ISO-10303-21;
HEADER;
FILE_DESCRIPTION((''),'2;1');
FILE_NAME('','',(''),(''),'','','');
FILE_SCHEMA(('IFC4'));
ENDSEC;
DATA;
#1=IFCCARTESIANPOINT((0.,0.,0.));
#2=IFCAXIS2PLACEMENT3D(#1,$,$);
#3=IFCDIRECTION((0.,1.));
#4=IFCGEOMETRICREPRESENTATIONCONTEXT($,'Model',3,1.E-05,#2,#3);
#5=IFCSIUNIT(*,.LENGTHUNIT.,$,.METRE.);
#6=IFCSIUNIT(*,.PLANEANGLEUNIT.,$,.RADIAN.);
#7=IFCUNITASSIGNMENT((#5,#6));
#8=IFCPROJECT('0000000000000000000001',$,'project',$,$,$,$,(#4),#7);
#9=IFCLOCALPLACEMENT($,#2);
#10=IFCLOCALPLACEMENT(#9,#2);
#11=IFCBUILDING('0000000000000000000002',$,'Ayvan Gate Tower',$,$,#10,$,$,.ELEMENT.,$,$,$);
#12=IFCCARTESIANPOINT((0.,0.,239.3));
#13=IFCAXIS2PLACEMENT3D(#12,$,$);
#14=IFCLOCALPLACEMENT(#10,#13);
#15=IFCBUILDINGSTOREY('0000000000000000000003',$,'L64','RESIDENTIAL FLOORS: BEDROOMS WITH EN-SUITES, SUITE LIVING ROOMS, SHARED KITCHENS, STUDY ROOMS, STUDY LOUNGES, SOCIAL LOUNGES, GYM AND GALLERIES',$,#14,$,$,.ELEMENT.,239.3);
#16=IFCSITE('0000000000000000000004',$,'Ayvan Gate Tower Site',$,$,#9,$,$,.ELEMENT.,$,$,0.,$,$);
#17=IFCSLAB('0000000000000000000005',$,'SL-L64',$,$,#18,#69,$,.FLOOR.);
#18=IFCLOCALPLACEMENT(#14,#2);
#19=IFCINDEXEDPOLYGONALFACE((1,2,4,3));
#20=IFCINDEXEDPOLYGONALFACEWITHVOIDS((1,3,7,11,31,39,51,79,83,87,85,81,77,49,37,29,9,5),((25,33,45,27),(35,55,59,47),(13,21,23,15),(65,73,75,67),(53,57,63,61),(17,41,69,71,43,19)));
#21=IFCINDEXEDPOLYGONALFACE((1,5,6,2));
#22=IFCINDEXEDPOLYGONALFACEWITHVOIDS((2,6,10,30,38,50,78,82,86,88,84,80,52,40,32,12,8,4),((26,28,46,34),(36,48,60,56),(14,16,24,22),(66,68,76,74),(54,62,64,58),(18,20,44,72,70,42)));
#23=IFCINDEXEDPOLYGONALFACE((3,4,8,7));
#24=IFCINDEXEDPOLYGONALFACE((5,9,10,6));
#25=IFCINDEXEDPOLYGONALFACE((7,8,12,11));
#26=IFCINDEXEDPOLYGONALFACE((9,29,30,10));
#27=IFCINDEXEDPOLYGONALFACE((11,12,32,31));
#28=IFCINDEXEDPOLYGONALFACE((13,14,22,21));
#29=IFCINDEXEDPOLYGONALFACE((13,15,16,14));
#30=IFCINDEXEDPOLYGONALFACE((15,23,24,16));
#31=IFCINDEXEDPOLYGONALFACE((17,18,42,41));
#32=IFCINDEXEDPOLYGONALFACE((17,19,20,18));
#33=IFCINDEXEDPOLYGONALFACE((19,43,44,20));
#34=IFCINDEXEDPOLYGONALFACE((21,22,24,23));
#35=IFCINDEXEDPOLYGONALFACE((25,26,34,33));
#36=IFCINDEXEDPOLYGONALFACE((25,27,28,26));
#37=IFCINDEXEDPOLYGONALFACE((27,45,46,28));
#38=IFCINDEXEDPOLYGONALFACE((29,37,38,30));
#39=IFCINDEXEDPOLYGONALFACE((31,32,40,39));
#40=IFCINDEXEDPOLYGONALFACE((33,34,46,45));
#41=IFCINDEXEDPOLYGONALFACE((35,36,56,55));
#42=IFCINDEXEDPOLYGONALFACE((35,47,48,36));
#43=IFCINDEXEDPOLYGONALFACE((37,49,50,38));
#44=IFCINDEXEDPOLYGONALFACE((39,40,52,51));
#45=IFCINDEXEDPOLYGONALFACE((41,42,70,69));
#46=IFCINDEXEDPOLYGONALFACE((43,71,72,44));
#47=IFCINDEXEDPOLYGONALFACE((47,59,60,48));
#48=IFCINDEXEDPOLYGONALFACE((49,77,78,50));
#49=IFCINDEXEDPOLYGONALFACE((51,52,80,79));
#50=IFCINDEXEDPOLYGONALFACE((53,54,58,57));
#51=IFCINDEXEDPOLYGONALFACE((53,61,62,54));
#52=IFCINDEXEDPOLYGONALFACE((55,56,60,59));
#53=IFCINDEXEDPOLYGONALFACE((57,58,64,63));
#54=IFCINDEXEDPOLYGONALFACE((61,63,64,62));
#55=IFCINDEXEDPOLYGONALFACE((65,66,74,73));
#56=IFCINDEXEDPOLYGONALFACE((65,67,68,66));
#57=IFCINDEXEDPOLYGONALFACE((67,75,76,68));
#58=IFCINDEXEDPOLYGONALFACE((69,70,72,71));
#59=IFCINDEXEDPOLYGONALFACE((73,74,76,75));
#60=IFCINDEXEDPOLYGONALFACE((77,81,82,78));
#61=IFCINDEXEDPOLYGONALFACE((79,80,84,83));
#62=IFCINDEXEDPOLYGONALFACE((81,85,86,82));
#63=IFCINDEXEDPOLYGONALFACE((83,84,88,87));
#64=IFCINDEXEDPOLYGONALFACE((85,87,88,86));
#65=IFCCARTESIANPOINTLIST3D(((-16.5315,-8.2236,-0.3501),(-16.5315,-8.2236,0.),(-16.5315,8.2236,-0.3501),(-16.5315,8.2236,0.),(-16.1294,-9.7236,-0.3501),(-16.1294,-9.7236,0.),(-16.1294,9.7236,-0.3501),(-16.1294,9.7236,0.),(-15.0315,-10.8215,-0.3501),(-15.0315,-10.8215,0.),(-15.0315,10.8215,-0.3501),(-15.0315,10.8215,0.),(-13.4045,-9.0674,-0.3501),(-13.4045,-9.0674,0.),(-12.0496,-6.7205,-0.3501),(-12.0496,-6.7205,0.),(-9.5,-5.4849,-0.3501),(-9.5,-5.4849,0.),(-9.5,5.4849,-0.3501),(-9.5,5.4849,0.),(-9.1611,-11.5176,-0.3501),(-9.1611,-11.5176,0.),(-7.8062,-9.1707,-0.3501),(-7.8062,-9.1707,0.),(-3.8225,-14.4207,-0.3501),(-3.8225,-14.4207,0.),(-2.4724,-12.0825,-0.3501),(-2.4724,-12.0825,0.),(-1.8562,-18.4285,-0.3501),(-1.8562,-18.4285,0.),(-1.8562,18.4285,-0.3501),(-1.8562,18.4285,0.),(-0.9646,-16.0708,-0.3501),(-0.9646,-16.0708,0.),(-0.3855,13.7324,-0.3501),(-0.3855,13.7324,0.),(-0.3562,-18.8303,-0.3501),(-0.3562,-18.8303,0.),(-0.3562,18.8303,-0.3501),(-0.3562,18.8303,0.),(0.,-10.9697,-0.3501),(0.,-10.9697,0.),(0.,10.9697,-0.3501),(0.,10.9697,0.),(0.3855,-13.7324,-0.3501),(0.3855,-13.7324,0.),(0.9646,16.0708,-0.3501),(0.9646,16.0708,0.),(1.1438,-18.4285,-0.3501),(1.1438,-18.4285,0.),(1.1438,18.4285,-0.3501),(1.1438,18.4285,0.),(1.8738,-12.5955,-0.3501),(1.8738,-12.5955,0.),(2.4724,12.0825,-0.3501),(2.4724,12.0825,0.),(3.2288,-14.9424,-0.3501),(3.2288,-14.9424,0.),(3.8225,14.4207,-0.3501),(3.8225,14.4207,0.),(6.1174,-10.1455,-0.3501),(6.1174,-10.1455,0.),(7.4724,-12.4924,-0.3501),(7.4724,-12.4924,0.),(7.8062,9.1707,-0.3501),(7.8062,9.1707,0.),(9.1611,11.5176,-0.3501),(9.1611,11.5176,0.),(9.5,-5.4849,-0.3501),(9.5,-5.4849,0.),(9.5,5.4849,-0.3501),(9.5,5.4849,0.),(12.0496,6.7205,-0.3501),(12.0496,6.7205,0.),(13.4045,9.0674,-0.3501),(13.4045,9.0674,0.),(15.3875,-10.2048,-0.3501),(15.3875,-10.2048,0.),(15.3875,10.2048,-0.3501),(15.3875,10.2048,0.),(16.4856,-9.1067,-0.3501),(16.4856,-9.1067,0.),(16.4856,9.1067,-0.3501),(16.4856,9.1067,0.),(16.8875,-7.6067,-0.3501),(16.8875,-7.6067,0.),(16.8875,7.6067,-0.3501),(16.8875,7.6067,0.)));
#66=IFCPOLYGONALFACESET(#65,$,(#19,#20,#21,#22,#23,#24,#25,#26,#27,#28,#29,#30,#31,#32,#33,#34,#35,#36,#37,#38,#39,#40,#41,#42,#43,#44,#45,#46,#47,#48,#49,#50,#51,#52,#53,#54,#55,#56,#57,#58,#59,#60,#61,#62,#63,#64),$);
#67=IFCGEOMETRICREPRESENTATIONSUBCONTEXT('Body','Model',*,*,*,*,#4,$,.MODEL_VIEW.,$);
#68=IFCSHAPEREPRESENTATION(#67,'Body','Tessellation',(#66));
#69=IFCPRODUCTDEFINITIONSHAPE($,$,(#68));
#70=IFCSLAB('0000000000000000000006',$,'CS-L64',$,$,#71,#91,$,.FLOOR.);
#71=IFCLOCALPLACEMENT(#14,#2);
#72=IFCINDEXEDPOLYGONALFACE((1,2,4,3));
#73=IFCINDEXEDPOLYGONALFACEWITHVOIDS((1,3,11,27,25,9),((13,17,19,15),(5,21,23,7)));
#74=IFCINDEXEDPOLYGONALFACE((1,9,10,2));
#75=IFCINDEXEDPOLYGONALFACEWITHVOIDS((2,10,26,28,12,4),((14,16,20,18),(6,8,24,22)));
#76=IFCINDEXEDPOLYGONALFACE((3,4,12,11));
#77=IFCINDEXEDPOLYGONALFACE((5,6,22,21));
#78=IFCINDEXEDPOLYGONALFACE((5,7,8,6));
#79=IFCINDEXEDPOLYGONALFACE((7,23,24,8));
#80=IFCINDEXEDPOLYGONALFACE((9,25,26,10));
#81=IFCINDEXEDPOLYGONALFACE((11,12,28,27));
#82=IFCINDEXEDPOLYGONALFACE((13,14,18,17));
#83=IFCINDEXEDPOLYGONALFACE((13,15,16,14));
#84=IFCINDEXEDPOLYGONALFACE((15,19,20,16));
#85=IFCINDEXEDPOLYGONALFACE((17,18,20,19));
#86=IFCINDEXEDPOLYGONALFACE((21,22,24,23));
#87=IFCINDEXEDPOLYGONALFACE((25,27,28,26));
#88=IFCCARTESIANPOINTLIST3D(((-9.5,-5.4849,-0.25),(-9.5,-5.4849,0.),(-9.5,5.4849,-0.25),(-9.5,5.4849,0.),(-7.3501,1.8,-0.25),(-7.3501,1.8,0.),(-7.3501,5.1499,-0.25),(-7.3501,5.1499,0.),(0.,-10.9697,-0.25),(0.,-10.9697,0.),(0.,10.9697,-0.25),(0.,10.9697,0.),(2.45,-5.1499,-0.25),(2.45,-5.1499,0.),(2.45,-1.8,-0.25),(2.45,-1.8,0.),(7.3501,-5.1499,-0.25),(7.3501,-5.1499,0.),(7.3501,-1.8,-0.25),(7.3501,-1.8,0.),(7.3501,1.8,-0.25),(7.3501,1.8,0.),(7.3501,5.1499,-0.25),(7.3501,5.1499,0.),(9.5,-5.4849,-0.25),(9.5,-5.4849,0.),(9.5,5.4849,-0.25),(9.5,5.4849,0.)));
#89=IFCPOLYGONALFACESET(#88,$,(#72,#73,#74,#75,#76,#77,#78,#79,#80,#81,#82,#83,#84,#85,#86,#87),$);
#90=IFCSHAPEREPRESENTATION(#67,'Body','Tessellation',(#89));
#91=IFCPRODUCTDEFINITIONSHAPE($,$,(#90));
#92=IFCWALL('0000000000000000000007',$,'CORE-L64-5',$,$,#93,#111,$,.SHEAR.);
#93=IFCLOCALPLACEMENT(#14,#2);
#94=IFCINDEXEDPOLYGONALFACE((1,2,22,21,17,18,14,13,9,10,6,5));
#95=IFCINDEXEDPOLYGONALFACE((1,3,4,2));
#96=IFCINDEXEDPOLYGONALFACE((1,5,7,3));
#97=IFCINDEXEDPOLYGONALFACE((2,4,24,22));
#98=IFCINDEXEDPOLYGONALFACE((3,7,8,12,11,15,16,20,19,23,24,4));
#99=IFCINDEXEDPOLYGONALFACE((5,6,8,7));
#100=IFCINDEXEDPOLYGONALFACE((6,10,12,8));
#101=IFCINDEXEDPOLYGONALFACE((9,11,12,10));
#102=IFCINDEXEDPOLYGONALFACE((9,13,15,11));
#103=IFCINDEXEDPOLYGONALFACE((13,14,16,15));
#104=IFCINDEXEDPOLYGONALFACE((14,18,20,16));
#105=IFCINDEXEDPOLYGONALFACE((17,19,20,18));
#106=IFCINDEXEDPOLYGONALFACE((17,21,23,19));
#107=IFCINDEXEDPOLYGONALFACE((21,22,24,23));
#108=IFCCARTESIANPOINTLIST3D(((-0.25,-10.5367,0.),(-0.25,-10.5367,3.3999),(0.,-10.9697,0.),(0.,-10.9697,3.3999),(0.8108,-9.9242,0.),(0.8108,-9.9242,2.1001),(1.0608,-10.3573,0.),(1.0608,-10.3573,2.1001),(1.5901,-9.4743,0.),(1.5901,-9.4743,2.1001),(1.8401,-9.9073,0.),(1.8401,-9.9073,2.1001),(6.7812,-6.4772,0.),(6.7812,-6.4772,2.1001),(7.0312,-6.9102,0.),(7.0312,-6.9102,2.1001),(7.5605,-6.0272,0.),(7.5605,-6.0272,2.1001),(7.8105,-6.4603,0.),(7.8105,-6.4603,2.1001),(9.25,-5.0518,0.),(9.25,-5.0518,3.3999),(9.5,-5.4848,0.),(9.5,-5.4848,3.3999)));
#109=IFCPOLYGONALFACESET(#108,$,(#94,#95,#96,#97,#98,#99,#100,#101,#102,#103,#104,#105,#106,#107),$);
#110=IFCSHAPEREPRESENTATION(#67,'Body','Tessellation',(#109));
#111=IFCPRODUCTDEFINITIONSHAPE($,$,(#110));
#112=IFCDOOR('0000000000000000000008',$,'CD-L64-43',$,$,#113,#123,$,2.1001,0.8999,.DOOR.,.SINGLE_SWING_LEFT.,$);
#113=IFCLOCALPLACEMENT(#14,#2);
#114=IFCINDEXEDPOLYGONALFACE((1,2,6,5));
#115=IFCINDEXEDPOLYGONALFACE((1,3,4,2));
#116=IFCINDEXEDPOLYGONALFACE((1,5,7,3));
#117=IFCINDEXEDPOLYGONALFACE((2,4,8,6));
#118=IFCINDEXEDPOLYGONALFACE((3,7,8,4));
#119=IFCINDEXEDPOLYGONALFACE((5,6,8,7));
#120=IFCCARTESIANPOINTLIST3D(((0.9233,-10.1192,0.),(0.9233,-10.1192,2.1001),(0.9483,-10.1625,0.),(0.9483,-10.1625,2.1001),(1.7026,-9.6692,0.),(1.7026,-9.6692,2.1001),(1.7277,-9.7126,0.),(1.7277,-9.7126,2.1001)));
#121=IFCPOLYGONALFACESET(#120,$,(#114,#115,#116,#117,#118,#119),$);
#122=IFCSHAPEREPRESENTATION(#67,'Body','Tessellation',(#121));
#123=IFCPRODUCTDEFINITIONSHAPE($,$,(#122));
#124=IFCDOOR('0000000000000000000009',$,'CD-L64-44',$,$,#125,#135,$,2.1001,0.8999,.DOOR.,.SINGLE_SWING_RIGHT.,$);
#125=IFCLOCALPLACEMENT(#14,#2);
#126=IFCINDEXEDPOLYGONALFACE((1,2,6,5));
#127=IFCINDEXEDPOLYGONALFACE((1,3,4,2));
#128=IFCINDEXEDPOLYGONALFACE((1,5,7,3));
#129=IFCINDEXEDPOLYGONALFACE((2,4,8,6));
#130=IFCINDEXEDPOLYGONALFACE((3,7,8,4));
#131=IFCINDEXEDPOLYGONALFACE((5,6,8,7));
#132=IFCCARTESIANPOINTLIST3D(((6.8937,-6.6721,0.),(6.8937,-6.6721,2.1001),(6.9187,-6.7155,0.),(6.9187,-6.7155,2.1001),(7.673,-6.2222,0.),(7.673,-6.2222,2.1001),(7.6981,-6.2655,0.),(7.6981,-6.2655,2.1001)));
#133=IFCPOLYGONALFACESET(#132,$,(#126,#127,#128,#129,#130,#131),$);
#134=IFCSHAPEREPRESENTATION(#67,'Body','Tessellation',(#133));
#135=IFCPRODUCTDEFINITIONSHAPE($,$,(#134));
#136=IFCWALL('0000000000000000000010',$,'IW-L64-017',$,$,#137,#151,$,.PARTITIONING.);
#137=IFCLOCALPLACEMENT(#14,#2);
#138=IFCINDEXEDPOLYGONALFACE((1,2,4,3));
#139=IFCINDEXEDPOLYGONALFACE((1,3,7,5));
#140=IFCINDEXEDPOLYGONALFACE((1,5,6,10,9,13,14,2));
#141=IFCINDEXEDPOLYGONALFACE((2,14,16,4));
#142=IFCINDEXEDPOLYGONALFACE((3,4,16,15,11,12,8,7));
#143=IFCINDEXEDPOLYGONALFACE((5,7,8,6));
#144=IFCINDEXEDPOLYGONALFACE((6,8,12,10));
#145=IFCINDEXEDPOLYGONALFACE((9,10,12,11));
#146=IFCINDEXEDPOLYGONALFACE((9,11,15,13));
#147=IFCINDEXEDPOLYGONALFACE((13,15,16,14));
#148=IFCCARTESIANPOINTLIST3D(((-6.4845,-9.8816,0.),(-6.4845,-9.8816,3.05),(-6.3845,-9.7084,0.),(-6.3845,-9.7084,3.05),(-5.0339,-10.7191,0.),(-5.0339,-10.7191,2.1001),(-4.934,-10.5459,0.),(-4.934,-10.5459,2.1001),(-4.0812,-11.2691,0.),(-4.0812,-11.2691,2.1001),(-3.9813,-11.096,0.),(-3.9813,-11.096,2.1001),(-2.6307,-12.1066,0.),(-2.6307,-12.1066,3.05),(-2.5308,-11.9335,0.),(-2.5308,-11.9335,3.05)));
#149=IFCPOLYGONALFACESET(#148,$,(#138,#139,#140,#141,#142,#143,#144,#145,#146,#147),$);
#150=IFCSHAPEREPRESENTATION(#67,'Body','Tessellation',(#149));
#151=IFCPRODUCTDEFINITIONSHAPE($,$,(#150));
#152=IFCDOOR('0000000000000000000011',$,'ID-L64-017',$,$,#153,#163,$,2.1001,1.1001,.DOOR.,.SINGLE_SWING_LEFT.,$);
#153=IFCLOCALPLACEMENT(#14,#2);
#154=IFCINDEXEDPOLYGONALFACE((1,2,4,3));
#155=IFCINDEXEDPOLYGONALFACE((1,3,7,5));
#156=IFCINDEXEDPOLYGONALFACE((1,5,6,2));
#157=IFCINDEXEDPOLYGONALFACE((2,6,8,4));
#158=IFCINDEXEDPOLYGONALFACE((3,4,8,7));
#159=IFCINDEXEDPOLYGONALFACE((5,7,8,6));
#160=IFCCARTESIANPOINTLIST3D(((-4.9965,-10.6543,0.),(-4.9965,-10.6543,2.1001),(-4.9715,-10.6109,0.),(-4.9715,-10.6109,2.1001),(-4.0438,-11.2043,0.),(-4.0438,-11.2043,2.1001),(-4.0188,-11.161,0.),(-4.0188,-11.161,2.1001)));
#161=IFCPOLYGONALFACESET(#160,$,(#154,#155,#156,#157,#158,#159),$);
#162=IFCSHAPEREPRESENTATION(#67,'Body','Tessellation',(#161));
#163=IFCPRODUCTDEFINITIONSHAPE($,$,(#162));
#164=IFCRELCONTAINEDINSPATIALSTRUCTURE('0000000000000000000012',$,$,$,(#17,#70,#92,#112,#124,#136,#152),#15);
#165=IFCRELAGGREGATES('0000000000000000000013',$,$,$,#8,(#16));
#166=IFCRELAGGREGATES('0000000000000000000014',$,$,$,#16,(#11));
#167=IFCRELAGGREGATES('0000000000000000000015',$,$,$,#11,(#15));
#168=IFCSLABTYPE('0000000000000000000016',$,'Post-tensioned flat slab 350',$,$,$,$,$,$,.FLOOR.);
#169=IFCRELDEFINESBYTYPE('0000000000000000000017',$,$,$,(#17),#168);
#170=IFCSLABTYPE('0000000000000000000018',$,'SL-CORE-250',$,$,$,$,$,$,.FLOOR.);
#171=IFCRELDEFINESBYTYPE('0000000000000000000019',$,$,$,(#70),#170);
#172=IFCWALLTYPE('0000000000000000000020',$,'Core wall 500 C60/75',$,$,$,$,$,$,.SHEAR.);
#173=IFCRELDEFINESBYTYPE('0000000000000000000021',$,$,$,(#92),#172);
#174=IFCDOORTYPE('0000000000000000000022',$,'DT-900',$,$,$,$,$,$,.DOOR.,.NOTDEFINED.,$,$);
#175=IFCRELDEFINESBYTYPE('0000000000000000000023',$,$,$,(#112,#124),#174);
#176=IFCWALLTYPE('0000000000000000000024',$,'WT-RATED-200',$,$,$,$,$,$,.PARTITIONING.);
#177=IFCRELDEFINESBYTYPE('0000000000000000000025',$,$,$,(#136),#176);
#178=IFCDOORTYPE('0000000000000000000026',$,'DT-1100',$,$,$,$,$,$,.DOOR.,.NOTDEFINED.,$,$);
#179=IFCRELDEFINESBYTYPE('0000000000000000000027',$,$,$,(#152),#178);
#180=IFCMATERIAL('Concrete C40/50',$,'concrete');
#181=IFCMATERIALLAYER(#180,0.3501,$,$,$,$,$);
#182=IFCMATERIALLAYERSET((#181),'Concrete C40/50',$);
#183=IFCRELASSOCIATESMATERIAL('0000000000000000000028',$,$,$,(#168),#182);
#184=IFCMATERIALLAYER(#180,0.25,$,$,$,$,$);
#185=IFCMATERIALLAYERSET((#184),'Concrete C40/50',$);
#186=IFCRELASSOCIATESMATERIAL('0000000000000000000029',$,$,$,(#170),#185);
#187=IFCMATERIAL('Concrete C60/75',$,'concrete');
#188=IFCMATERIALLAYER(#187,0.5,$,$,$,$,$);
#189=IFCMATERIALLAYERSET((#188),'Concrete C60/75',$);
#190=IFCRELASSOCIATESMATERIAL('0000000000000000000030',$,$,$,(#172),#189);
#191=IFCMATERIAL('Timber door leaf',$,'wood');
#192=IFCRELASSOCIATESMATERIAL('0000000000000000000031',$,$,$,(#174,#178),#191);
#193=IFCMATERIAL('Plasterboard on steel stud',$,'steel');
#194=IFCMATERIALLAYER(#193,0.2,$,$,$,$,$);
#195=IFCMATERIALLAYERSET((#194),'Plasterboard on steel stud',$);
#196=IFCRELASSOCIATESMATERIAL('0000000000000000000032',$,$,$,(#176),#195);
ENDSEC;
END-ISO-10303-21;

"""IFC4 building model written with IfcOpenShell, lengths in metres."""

from ifc_helpers import new_model, si_unit, direction, frame, frame_2d, origin, place, context, subcontext, project, spatial, polyline, rectangle, outline, extrude, material, layer, layer_set, type_object, element, fill, save


model = new_model("IFC4")

# Units and contexts
model_context = context("Model", 3, precision=1e-05, world=origin(), true_north=direction((0.0, 1.0)))
body_context = subcontext(model_context, "Body", "Model", "MODEL_VIEW")
ifc_project = project(units=[si_unit("LENGTHUNIT", "METRE"), si_unit("PLANEANGLEUNIT", "RADIAN")], contexts=[model_context])

# Site, building, storey
site_placement = place(None, origin())
site = spatial("IfcSite", under=ifc_project, at=site_placement, Name="Ayvan Gate Tower Site", CompositionType="ELEMENT", RefElevation=0.0)
building_placement = place(site_placement, origin())
building = spatial("IfcBuilding", under=site, at=building_placement, Name="Ayvan Gate Tower", CompositionType="ELEMENT")
storey_placement = place(building_placement, frame((0.0, 0.0, 239.3)))
storey = spatial("IfcBuildingStorey", under=building, at=storey_placement, Name="L64", Description="RESIDENTIAL FLOORS: BEDROOMS WITH EN-SUITES, SUITE LIVING ROOMS, SHARED KITCHENS, STUDY ROOMS, STUDY LOUNGES, SOCIAL LOUNGES, GYM AND GALLERIES", CompositionType="ELEMENT", Elevation=239.3)

# Slabs
ifc_material_1 = material(Name="Concrete C40/50", Category="concrete")
ifc_layer_1 = layer(ifc_material_1, 0.3501)
ifc_layer_set_1 = layer_set([ifc_layer_1], Name="Concrete C40/50")
slab_type_1 = type_object("IfcSlabType", Name="Post-tensioned flat slab 350", PredefinedType="FLOOR", material=ifc_layer_set_1)
slab_1_placement = place(storey_placement, frame((0.0, 0.0, -0.3501)))
element("IfcSlab", 1, at=slab_1_placement, inside=storey, type_object=slab_type_1, Name="SL-L64", PredefinedType="FLOOR", context=body_context, shape_type="SweptSolid", body=[
    extrude(outline(polyline([(1.1438, -18.4285), (-0.3562, -18.8303), (-1.8562, -18.4285), (-15.0315, -10.8215), (-16.1294, -9.7236), (-16.5315, -8.2236), (-16.5315, 8.2236), (-16.1294, 9.7236), (-15.0315, 10.8215), (-1.8562, 18.4285), (-0.3562, 18.8303), (1.1438, 18.4285), (15.3875, 10.2048), (16.4856, 9.1067), (16.8875, 7.6067), (16.8875, -7.6067), (16.4856, -9.1067), (15.3875, -10.2048), (1.1438, -18.4285)]), holes=[polyline([(12.0496, 6.7205), (13.4045, 9.0674), (9.1611, 11.5176), (7.8062, 9.1707), (12.0496, 6.7205)]), polyline([(9.5, 5.4849), (0.0, 10.9697), (-9.5, 5.4849), (-9.5, -5.4849), (0.0, -10.9697), (9.5, -5.4849), (9.5, 5.4849)]), polyline([(1.8738, -12.5955), (3.2288, -14.9424), (7.4724, -12.4924), (6.1174, -10.1455), (1.8738, -12.5955)]), polyline([(3.8225, 14.4207), (0.9646, 16.0708), (-0.3855, 13.7324), (2.4724, 12.0825), (3.8225, 14.4207)]), polyline([(0.3855, -13.7324), (-2.4724, -12.0825), (-3.8225, -14.4207), (-0.9646, -16.0708), (0.3855, -13.7324)]), polyline([(-9.1611, -11.5176), (-7.8062, -9.1707), (-12.0496, -6.7205), (-13.4045, -9.0674), (-9.1611, -11.5176)])]), origin(), (0.0, 0.0, 1.0), 0.3501),
])
ifc_layer_2 = layer(ifc_material_1, 0.25)
ifc_layer_set_2 = layer_set([ifc_layer_2], Name="Concrete C40/50")
slab_type_2 = type_object("IfcSlabType", Name="SL-CORE-250", PredefinedType="FLOOR", material=ifc_layer_set_2)
slab_2_placement = place(storey_placement, frame((0.0, 0.0, -0.25)))
element("IfcSlab", 2, at=slab_2_placement, inside=storey, type_object=slab_type_2, Name="CS-L64", PredefinedType="FLOOR", context=body_context, shape_type="SweptSolid", body=[
    extrude(outline(polyline([(9.5, -5.4849), (0.0, -10.9697), (-9.5, -5.4849), (-9.5, 5.4849), (0.0, 10.9697), (9.5, 5.4849), (9.5, -5.4849)]), holes=[polyline([(-7.3501, 5.1499), (-7.3501, 1.8), (7.3501, 1.8), (7.3501, 5.1499), (-7.3501, 5.1499)]), polyline([(2.45, -1.8), (2.45, -5.1499), (7.3501, -5.1499), (7.3501, -1.8), (2.45, -1.8)])]), origin(), (0.0, 0.0, 1.0), 0.25),
])

# Wall, openings, doors
ifc_material_2 = material(Name="Concrete C60/75", Category="concrete")
ifc_layer_3 = layer(ifc_material_2, 0.5)
ifc_layer_set_3 = layer_set([ifc_layer_3], Name="Concrete C60/75")
wall_type_1 = type_object("IfcWallType", Name="Core wall 500 C60/75", PredefinedType="SHEAR", material=ifc_layer_set_3)
wall_1_placement = place(storey_placement, frame((-0.125, -10.7532, 0.0), z_axis=(0.0, 0.0, 1.0), x_axis=(0.866024, 0.500002, 0.0)))
wall_1 = element("IfcWall", 3, at=wall_1_placement, inside=storey, type_object=wall_type_1, Name="CORE-L64-5", PredefinedType="SHEAR", context=body_context, shape_type="SweptSolid", body=[
    extrude(rectangle(XDim=10.9697, YDim=0.5, at=frame_2d((5.4849, 0.0))), origin(), (0.0, 0.0, 1.0), 3.3999),
])
opening_1_placement = place(wall_1_placement, frame((1.2249, 0.0, 0.0)))
opening_1 = element("IfcOpeningElement", 4, at=opening_1_placement, cuts=wall_1, PredefinedType="OPENING", context=body_context, shape_type="SweptSolid", body=[
    extrude(rectangle(XDim=0.8999, YDim=2.1001, at=frame_2d((0.45, 1.05))), frame((0.0, 0.26, 0.0), z_axis=(0.0, -1.0, 0.0), x_axis=(1.0, 0.0, 0.0)), (0.0, 0.0, 1.0), 0.52),
])
opening_2_placement = place(wall_1_placement, frame((8.1189, 0.0, 0.0)))
opening_2 = element("IfcOpeningElement", 5, at=opening_2_placement, cuts=wall_1, PredefinedType="OPENING", context=body_context, shape_type="SweptSolid", body=[
    extrude(rectangle(XDim=0.8999, YDim=2.1001, at=frame_2d((0.45, 1.05))), frame((0.0, 0.26, 0.0), z_axis=(0.0, -1.0, 0.0), x_axis=(1.0, 0.0, 0.0)), (0.0, 0.0, 1.0), 0.52),
])
ifc_material_3 = material(Name="Timber door leaf", Category="wood")
door_type_1 = type_object("IfcDoorType", Name="DT-900", OperationType="NOTDEFINED", PredefinedType="DOOR", material=ifc_material_3)
door_1_placement = place(opening_1_placement, origin())
door_1 = element("IfcDoor", 6, at=door_1_placement, inside=storey, type_object=door_type_1, Name="CD-L64-43", OperationType="SINGLE_SWING_LEFT", OverallHeight=2.1001, OverallWidth=0.8999, PredefinedType="DOOR", context=body_context, shape_type="SweptSolid", body=[
    extrude(rectangle(XDim=0.8999, YDim=2.1001, at=frame_2d((0.45, 1.05))), frame((0.0, 0.0249, 0.0), z_axis=(0.0, -1.0, 0.0), x_axis=(1.0, 0.0, 0.0)), (0.0, 0.0, 1.0), 0.05),
])
fill(opening_1, door_1)
door_2_placement = place(opening_2_placement, origin())
door_2 = element("IfcDoor", 7, at=door_2_placement, inside=storey, type_object=door_type_1, Name="CD-L64-44", OperationType="SINGLE_SWING_RIGHT", OverallHeight=2.1001, OverallWidth=0.8999, PredefinedType="DOOR", context=body_context, shape_type="SweptSolid", body=[
    extrude(rectangle(XDim=0.8999, YDim=2.1001, at=frame_2d((0.45, 1.05))), frame((0.0, 0.0249, 0.0), z_axis=(0.0, -1.0, 0.0), x_axis=(1.0, 0.0, 0.0)), (0.0, 0.0, 1.0), 0.05),
])
fill(opening_2, door_2)

# Wall, opening, door
ifc_material_4 = material(Name="Plasterboard on steel stud", Category="steel")
ifc_layer_4 = layer(ifc_material_4, 0.2)
ifc_layer_set_4 = layer_set([ifc_layer_4], Name="Plasterboard on steel stud")
wall_type_2 = type_object("IfcWallType", Name="WT-RATED-200", PredefinedType="PARTITIONING", material=ifc_layer_set_4)
wall_2_placement = place(storey_placement, frame((-6.4346, -9.7949, 0.0), z_axis=(0.0, 0.0, 1.0), x_axis=(0.866013, -0.500022, 0.0)))
wall_2 = element("IfcWall", 8, at=wall_2_placement, inside=storey, type_object=wall_type_2, Name="IW-L64-017", PredefinedType="PARTITIONING", context=body_context, shape_type="SweptSolid", body=[
    extrude(rectangle(XDim=4.45, YDim=0.2, at=frame_2d((2.2251, 0.0))), origin(), (0.0, 0.0, 1.0), 3.05),
])
opening_3_placement = place(wall_2_placement, frame((1.675, 0.0, 0.0)))
opening_3 = element("IfcOpeningElement", 9, at=opening_3_placement, cuts=wall_2, PredefinedType="OPENING", context=body_context, shape_type="SweptSolid", body=[
    extrude(rectangle(XDim=1.1001, YDim=2.1001, at=frame_2d((0.55, 1.05))), frame((0.0, 0.1099, 0.0), z_axis=(0.0, -1.0, 0.0), x_axis=(1.0, 0.0, 0.0)), (0.0, 0.0, 1.0), 0.22),
])
door_type_2 = type_object("IfcDoorType", Name="DT-1100", OperationType="NOTDEFINED", PredefinedType="DOOR", material=ifc_material_3)
door_3_placement = place(opening_3_placement, origin())
door_3 = element("IfcDoor", 10, at=door_3_placement, inside=storey, type_object=door_type_2, Name="ID-L64-017", OperationType="SINGLE_SWING_LEFT", OverallHeight=2.1001, OverallWidth=1.1001, PredefinedType="DOOR", context=body_context, shape_type="SweptSolid", body=[
    extrude(rectangle(XDim=1.1001, YDim=2.1001, at=frame_2d((0.55, 1.05))), frame((0.0, 0.0249, 0.0), z_axis=(0.0, -1.0, 0.0), x_axis=(1.0, 0.0, 0.0)), (0.0, 0.0, 1.0), 0.05),
])
fill(opening_3, door_3)

save(model, "model.ifc")
